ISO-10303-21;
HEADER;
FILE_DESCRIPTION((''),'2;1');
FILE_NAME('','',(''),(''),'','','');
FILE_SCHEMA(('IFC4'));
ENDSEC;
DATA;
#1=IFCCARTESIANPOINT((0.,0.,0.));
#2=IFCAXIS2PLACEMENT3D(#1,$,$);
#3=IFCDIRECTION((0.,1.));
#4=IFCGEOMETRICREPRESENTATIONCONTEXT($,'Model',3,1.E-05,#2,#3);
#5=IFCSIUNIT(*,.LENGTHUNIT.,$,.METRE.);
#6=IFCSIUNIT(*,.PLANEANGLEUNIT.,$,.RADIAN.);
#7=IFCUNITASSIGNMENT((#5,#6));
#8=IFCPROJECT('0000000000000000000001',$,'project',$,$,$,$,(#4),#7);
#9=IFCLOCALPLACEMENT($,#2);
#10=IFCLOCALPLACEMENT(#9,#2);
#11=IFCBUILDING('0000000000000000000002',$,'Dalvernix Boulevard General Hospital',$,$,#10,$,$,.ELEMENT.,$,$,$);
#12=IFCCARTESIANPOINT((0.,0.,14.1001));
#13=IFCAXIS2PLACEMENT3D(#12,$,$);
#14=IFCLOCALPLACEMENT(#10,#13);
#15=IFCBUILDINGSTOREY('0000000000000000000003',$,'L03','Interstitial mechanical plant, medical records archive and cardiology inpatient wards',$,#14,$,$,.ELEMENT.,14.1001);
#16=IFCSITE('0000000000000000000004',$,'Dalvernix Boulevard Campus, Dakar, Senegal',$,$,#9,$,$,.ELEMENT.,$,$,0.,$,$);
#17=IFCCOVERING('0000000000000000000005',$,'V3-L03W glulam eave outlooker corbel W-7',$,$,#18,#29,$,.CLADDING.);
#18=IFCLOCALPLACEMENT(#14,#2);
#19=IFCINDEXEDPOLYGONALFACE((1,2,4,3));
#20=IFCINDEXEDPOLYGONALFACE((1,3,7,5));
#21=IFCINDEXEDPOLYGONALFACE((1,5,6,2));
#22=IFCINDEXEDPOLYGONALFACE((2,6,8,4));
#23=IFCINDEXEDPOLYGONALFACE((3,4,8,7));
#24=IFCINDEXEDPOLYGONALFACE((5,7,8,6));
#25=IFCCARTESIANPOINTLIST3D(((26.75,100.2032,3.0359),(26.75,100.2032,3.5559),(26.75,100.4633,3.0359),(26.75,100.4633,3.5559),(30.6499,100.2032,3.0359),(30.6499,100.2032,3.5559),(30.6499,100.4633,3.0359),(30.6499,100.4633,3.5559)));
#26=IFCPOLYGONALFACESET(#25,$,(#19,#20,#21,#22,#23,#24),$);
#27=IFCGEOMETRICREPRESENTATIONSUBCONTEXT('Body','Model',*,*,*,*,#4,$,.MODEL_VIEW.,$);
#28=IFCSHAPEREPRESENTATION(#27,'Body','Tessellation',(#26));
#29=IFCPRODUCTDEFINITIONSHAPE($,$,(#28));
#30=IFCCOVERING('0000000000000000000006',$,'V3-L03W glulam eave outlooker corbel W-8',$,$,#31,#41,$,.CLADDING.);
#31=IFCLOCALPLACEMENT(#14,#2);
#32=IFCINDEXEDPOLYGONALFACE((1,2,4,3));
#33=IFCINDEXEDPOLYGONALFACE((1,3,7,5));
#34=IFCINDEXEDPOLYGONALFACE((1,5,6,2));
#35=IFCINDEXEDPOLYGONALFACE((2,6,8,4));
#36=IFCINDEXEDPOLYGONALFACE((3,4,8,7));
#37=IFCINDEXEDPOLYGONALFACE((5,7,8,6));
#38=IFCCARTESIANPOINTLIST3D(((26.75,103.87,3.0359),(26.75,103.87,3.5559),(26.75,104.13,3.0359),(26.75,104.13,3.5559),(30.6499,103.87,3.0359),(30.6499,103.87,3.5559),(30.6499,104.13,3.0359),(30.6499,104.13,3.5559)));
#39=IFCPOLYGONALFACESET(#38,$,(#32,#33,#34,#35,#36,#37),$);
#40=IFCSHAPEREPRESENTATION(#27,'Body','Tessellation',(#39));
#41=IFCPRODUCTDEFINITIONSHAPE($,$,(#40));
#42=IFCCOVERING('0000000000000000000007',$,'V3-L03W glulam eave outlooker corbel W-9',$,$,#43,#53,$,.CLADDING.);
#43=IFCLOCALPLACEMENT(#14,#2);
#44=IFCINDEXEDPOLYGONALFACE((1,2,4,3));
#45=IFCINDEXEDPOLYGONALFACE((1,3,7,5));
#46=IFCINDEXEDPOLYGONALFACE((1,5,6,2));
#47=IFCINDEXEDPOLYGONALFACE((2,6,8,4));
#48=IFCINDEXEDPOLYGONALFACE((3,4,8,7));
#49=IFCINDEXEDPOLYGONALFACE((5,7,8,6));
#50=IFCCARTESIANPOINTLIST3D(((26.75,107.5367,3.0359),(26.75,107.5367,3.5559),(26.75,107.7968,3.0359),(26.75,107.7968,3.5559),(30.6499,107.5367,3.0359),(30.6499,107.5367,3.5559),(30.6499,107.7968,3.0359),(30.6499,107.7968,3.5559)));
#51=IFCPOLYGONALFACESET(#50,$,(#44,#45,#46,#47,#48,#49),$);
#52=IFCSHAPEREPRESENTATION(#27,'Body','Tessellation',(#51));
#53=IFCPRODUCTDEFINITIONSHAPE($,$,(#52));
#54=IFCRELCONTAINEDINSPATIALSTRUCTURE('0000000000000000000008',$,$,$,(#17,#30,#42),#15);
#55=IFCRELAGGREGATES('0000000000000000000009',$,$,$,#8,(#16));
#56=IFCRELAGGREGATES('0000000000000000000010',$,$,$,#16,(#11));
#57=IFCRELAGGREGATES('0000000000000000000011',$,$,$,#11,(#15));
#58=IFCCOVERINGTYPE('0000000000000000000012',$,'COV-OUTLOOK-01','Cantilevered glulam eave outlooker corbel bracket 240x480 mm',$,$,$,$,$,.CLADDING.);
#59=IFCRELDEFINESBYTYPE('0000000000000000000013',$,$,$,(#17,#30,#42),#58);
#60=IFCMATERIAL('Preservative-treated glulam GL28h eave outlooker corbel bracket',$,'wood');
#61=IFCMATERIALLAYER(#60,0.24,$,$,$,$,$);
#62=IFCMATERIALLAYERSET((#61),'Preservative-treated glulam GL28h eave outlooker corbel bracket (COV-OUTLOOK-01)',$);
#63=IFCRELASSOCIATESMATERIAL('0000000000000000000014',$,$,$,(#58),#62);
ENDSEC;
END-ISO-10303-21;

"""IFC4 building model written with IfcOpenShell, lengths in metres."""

from ifc_helpers import new_model, si_unit, direction, frame, origin, origin_2d, place, context, subcontext, project, spatial, rectangle, extrude, material, layer, layer_set, type_object, element, save


model = new_model("IFC4")

# Units and contexts
model_context = context("Model", 3, precision=1e-05, world=origin(), true_north=direction((0.0, 1.0)))
body_context = subcontext(model_context, "Body", "Model", "MODEL_VIEW")
ifc_project = project(units=[si_unit("LENGTHUNIT", "METRE"), si_unit("PLANEANGLEUNIT", "RADIAN")], contexts=[model_context])

# Site, building, storey
site_placement = place(None, origin())
site = spatial("IfcSite", under=ifc_project, at=site_placement, Name="Dalvernix Boulevard Campus, Dakar, Senegal", CompositionType="ELEMENT", RefElevation=0.0)
building_placement = place(site_placement, origin())
building = spatial("IfcBuilding", under=site, at=building_placement, Name="Dalvernix Boulevard General Hospital", CompositionType="ELEMENT")
storey_placement = place(building_placement, frame((0.0, 0.0, 14.1001)))
storey = spatial("IfcBuildingStorey", under=building, at=storey_placement, Name="L03", Description="Interstitial mechanical plant, medical records archive and cardiology inpatient wards", CompositionType="ELEMENT", Elevation=14.1001)

# Coverings
ifc_material_1 = material(Name="Preservative-treated glulam GL28h eave outlooker corbel bracket", Category="wood")
ifc_layer_1 = layer(ifc_material_1, 0.24)
ifc_layer_set_1 = layer_set([ifc_layer_1], Name="Preservative-treated glulam GL28h eave outlooker corbel bracket (COV-OUTLOOK-01)")
covering_type_1 = type_object("IfcCoveringType", Name="COV-OUTLOOK-01", Description="Cantilevered glulam eave outlooker corbel bracket 240x480 mm", PredefinedType="CLADDING", material=ifc_layer_set_1)
for number, where, z_axis, x_axis, name in (
    (1, (28.7, 100.3333, 3.0359), (0.0, 0.0, 1.0), (1.0, 0.0, 0.0), "V3-L03W glulam eave outlooker corbel W-7"),
    (2, (28.7, 104.0, 3.0359), (0.0, 0.0, 1.0), (1.0, 0.0, 0.0), "V3-L03W glulam eave outlooker corbel W-8"),
    (3, (28.7, 107.6667, 3.0359), (0.0, 0.0, 1.0), (1.0, 0.0, 0.0), "V3-L03W glulam eave outlooker corbel W-9"),
):
    element("IfcCovering", number, at=place(storey_placement, frame(where, z_axis=z_axis, x_axis=x_axis)), inside=storey, type_object=covering_type_1, Name=name, PredefinedType="CLADDING", context=body_context, shape_type="SweptSolid", body=[
        extrude(rectangle(XDim=3.8999, YDim=0.26, at=origin_2d()), origin(), (0.0, 0.0, 1.0), 0.52),
    ])

save(model, "model.ifc")
